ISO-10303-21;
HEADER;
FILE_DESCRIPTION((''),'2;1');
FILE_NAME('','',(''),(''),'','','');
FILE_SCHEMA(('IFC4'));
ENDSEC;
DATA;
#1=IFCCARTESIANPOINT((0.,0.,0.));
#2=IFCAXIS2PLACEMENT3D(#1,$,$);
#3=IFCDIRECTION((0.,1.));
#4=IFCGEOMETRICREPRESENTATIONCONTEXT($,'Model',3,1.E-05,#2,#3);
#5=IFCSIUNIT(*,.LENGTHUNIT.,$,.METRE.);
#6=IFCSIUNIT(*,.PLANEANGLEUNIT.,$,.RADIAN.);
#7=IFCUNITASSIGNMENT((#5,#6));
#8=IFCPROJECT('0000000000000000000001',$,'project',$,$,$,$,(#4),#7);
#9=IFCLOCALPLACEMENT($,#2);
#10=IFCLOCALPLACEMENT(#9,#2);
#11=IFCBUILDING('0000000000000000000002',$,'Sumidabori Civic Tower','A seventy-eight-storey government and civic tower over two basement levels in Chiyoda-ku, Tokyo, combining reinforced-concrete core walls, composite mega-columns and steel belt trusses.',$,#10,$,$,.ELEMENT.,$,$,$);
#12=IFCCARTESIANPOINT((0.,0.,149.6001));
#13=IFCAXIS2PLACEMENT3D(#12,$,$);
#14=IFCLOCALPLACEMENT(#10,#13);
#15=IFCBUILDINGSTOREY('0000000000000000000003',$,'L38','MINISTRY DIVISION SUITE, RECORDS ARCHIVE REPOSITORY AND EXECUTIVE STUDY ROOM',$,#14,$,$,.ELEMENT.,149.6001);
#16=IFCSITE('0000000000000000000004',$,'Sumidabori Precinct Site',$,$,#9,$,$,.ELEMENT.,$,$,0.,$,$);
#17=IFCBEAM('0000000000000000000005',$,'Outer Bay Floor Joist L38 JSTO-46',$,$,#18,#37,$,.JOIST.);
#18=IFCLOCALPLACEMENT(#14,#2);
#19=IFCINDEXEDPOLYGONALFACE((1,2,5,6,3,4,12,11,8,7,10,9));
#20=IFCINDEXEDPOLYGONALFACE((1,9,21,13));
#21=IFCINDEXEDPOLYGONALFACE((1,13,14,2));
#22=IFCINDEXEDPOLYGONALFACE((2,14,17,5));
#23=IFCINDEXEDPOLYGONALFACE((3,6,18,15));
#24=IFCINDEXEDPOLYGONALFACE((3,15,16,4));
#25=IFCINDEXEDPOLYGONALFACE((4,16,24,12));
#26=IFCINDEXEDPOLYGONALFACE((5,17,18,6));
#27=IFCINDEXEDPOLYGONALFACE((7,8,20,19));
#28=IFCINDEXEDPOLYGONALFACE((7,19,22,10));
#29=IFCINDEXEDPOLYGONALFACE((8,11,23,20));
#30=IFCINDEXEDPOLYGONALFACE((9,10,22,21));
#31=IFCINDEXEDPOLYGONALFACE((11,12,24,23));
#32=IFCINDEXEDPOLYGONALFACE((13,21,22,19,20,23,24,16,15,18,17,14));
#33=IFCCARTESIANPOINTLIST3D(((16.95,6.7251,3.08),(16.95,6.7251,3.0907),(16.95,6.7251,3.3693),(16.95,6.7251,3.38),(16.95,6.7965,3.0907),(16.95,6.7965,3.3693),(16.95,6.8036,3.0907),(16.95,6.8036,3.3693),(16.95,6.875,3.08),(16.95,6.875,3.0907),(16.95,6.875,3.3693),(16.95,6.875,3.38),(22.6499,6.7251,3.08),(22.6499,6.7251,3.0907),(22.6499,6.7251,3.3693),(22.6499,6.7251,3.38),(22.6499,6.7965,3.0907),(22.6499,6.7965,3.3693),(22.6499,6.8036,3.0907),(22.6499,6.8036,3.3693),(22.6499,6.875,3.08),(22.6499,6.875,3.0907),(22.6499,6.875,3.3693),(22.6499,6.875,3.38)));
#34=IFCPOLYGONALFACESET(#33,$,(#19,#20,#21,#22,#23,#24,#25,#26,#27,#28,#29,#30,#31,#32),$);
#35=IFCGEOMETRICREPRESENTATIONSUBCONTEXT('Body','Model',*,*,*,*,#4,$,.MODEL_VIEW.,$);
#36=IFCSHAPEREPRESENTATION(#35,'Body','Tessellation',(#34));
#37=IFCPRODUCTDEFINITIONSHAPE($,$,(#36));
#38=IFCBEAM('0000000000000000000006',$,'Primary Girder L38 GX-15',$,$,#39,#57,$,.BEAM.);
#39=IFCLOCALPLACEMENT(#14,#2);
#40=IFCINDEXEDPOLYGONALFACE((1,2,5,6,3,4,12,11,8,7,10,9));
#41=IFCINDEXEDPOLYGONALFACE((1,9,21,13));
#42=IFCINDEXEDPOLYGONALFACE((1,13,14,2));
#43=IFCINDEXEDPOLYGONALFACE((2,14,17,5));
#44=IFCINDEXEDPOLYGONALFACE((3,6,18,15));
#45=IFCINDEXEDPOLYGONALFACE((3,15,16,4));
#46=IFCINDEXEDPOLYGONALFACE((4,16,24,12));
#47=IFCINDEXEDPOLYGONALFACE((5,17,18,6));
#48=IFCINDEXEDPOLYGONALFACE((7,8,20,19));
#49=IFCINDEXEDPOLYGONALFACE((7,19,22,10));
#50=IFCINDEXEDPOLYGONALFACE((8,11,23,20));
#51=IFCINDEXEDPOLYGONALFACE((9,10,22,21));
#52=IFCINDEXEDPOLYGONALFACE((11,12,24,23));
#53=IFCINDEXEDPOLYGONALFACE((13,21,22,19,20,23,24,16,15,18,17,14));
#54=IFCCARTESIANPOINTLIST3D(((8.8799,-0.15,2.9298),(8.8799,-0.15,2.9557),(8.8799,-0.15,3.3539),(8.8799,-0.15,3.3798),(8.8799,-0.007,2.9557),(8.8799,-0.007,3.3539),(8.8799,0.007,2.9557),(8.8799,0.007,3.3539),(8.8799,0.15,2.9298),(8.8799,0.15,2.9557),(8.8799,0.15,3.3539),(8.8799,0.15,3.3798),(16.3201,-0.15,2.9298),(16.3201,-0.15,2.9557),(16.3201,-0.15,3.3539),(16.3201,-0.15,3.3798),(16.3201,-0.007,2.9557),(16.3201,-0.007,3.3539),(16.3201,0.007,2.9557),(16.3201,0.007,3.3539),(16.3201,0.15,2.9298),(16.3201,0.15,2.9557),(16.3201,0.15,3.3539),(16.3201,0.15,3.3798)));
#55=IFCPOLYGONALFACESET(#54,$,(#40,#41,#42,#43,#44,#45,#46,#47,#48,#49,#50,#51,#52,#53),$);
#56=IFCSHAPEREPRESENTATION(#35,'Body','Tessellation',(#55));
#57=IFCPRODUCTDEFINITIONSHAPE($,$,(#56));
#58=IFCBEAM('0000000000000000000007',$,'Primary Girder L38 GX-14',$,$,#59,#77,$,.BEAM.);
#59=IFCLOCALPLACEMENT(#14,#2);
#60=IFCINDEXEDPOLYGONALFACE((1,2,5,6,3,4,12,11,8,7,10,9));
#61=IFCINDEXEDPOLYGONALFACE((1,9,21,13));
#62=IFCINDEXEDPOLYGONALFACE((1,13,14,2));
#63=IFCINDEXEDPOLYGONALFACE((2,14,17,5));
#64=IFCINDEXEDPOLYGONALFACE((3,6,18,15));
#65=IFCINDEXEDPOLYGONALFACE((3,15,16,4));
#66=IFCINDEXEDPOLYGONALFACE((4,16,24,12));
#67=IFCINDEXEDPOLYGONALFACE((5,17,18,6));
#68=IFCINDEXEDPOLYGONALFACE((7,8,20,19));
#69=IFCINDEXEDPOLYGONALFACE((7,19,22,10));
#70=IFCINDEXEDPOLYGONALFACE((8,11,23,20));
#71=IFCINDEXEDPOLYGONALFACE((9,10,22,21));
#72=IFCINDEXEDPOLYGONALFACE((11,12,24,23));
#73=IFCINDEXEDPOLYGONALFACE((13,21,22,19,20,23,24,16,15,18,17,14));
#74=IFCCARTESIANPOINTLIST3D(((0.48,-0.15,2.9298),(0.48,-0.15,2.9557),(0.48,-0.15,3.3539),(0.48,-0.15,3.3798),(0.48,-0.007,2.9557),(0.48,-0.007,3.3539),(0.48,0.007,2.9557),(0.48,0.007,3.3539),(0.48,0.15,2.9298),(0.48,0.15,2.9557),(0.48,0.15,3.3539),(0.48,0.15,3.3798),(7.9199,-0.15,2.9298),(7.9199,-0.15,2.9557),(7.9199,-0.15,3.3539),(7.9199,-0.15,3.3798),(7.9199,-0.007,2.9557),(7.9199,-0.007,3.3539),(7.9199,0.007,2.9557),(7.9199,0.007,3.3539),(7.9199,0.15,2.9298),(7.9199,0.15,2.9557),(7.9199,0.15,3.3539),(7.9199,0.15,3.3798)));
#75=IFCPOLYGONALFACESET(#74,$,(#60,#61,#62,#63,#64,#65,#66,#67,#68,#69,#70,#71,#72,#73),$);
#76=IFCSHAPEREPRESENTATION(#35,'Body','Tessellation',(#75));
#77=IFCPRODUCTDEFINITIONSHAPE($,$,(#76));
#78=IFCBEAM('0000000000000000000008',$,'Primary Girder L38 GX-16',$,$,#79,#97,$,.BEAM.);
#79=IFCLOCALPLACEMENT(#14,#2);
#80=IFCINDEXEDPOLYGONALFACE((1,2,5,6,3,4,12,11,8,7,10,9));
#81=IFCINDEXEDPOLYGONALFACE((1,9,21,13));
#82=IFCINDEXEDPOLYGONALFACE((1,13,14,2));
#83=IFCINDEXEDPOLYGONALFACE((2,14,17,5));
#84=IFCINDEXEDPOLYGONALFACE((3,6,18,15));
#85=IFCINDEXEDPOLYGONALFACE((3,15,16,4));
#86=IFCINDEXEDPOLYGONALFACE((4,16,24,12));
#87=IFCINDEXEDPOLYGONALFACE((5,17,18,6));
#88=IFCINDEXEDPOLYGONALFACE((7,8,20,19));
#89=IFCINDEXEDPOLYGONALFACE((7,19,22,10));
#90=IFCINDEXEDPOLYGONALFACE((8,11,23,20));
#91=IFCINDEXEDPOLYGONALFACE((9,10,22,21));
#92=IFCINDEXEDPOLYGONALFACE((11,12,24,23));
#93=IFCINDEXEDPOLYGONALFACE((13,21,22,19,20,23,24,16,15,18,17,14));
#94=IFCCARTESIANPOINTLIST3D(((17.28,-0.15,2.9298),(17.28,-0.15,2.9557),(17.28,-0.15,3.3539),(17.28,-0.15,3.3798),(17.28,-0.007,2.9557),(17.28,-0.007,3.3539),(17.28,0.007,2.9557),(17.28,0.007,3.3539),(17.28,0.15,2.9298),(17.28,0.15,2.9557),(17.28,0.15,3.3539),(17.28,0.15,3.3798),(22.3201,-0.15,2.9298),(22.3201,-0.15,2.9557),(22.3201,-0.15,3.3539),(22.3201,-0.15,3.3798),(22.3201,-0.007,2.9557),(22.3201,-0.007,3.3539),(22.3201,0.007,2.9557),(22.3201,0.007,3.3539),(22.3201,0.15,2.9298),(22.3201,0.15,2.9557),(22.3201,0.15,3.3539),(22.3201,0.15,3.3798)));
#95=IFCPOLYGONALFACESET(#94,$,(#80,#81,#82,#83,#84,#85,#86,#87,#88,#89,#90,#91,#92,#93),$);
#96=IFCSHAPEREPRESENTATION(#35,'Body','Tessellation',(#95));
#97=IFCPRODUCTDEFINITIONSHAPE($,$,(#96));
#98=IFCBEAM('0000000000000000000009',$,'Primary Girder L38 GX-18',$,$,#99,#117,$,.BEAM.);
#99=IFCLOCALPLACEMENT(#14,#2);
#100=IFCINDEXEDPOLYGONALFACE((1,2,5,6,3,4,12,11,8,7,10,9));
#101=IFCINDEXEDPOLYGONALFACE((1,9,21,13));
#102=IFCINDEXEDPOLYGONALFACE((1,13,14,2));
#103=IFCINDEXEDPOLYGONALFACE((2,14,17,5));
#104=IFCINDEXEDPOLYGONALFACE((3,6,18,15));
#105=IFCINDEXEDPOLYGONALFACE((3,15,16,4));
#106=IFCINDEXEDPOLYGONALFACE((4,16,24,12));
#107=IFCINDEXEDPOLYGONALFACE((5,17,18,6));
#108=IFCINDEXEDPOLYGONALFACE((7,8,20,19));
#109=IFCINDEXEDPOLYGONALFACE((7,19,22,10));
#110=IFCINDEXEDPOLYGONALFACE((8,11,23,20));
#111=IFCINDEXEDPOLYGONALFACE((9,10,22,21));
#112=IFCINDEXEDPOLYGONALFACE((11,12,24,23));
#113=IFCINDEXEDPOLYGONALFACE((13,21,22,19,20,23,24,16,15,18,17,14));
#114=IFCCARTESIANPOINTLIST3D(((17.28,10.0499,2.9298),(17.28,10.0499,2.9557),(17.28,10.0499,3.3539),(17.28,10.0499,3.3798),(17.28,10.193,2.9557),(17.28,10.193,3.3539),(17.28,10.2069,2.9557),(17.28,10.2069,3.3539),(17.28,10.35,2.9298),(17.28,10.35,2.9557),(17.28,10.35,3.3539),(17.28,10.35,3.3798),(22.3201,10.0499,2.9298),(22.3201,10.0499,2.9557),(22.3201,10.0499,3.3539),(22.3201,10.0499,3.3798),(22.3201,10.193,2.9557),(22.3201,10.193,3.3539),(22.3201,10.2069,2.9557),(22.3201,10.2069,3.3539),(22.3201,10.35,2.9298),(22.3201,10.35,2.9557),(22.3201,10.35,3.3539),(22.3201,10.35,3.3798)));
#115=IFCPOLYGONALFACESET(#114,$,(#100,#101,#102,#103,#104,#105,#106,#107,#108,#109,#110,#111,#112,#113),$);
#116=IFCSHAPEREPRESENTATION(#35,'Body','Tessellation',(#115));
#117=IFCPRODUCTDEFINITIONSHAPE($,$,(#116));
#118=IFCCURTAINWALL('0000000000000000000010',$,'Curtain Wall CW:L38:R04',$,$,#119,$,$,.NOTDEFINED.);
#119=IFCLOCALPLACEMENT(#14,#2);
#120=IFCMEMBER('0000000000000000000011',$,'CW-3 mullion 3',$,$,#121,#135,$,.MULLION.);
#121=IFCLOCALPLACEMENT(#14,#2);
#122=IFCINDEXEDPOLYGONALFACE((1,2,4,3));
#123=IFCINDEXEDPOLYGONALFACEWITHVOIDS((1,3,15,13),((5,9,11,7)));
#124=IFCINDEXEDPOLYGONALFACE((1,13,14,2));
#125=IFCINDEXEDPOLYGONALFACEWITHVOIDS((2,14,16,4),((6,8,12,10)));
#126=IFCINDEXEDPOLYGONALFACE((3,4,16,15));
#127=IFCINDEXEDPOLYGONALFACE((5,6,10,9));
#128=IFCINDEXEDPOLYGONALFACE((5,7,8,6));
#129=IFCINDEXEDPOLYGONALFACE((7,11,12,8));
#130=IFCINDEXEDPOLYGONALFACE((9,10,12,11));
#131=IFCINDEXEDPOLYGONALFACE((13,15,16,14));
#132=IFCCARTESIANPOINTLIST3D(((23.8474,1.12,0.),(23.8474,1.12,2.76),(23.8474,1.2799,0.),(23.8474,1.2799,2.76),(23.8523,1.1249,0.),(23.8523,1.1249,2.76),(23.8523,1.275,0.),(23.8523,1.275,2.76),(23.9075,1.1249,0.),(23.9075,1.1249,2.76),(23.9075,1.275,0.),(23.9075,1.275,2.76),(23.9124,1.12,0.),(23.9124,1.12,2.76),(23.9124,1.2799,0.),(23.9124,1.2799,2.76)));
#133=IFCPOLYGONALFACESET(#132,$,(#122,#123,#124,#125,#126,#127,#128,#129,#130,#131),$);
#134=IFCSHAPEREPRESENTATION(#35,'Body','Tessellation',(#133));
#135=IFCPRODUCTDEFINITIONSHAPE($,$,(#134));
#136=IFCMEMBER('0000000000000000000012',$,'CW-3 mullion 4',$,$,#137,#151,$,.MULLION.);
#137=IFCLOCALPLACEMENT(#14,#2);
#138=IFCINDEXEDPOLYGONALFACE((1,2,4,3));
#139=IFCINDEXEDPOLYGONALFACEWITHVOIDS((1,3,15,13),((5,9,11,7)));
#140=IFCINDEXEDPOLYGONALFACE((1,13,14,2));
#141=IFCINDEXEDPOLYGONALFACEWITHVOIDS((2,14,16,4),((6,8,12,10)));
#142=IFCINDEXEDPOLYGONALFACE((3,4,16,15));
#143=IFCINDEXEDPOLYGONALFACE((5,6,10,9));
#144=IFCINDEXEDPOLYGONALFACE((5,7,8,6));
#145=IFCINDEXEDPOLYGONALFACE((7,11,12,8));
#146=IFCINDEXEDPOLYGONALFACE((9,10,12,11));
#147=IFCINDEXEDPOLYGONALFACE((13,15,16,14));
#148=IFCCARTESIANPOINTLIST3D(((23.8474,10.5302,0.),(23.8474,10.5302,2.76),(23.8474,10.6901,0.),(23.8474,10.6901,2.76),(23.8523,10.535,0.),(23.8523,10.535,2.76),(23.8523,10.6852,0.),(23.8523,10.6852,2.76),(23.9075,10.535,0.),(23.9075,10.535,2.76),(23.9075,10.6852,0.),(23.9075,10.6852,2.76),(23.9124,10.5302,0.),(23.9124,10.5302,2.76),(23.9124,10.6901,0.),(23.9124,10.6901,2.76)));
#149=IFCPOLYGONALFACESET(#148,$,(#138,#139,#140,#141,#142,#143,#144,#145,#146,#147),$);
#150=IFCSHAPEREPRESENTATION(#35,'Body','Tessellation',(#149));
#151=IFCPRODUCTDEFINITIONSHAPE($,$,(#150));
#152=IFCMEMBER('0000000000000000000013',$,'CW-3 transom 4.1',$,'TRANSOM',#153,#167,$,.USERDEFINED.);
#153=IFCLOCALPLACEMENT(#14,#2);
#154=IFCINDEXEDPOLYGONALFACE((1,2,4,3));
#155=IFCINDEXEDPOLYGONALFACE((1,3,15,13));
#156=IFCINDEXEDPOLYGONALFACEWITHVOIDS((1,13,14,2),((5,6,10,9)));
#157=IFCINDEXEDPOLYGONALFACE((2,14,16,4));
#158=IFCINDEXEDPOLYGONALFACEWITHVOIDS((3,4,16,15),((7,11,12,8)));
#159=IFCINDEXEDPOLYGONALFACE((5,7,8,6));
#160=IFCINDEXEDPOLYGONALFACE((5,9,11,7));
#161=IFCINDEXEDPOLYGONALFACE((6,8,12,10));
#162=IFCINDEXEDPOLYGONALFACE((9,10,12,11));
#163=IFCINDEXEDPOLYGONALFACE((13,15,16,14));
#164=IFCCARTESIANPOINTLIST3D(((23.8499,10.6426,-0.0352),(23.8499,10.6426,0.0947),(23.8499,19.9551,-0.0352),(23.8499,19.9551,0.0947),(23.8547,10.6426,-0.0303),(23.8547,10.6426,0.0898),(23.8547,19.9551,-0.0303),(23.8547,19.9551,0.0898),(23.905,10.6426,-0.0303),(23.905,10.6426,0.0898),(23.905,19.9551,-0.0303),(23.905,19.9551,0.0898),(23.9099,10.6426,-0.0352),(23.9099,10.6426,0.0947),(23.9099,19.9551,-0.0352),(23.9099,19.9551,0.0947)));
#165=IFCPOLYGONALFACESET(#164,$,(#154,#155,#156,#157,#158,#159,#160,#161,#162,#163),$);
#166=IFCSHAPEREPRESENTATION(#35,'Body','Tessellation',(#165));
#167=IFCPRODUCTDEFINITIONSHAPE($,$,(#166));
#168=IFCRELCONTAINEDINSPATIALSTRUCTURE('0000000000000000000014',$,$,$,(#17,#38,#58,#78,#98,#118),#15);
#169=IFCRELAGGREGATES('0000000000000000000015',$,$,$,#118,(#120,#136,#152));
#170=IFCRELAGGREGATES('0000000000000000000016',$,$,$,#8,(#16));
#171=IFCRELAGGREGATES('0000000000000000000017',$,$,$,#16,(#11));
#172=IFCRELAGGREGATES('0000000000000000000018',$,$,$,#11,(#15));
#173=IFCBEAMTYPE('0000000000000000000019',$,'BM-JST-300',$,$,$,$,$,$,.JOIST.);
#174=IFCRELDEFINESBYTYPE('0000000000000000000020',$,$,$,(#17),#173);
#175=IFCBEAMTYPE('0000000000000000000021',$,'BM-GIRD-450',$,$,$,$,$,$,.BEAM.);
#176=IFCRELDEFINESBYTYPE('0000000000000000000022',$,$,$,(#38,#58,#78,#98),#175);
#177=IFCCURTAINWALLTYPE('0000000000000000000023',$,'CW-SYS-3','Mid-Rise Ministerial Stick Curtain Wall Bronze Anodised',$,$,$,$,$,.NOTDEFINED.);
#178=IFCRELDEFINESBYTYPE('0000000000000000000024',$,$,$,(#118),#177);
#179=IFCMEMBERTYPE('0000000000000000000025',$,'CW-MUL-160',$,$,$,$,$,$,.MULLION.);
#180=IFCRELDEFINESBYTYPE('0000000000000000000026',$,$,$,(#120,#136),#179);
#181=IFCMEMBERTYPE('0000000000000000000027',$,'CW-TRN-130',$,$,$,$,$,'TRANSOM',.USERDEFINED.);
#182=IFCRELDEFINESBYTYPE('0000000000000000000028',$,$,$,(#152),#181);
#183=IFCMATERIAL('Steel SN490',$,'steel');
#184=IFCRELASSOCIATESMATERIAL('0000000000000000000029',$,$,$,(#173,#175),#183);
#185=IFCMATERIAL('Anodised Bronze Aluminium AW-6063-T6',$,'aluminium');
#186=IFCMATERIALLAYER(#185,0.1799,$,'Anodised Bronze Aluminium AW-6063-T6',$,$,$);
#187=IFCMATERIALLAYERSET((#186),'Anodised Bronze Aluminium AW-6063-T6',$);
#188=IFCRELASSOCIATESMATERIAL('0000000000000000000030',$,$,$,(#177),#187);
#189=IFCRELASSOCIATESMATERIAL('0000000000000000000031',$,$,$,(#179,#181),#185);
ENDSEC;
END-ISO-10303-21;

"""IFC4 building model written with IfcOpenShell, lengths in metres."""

from ifc_helpers import new_model, si_unit, direction, frame, origin, origin_2d, place, context, subcontext, project, spatial, hollow_rectangle, i_section, extrude, source, transform, mapped, material, layer, layer_set, material_profile, profile_set, type_object, element, aggregate, save


model = new_model("IFC4")

# Units and contexts
model_context = context("Model", 3, precision=1e-05, world=origin(), true_north=direction((0.0, 1.0)))
body_context = subcontext(model_context, "Body", "Model", "MODEL_VIEW")
ifc_project = project(units=[si_unit("LENGTHUNIT", "METRE"), si_unit("PLANEANGLEUNIT", "RADIAN")], contexts=[model_context])

# Site, building, storey
site_placement = place(None, origin())
site = spatial("IfcSite", under=ifc_project, at=site_placement, Name="Sumidabori Precinct Site", CompositionType="ELEMENT", RefElevation=0.0)
building_placement = place(site_placement, origin())
building = spatial("IfcBuilding", under=site, at=building_placement, Name="Sumidabori Civic Tower", Description="A seventy-eight-storey government and civic tower over two basement levels in Chiyoda-ku, Tokyo, combining reinforced-concrete core walls, composite mega-columns and steel belt trusses.", CompositionType="ELEMENT")
storey_placement = place(building_placement, frame((0.0, 0.0, 149.6001)))
storey = spatial("IfcBuildingStorey", under=building, at=storey_placement, Name="L38", Description="MINISTRY DIVISION SUITE, RECORDS ARCHIVE REPOSITORY AND EXECUTIVE STUDY ROOM", CompositionType="ELEMENT", Elevation=149.6001)

# Beams
ifc_material_1 = material(Name="Steel SN490", Category="steel")
ifc_material_profile_1 = material_profile(ifc_material_1, i_section(OverallWidth=0.1499, OverallDepth=0.3, WebThickness=0.0071, FlangeThickness=0.0107, at=origin_2d()), Name="IPE 300")
ifc_profile_set_1 = profile_set([ifc_material_profile_1], Name="Steel SN490")
beam_type_1 = type_object("IfcBeamType", Name="BM-JST-300", PredefinedType="JOIST", material=ifc_profile_set_1)
shared_shape_1 = source(origin(), body_context, "Body", "SweptSolid", [
    extrude(i_section(OverallWidth=0.1499, OverallDepth=0.3, WebThickness=0.0071, FlangeThickness=0.0107, at=origin_2d()), origin(), (0.0, 0.0, 1.0), 5.7),
])
for number, where, z_axis, x_axis, name in (
    (1, (16.95, 6.8, 3.23), (1.0, 0.0, 0.0), (0.0, 1.0, 0.0), "Outer Bay Floor Joist L38 JSTO-46"),
):
    element("IfcBeam", number, at=place(storey_placement, frame(where, z_axis=z_axis, x_axis=x_axis)), inside=storey, type_object=beam_type_1, Name=name, PredefinedType="JOIST", context=body_context, shape_type="MappedRepresentation", body=[
        mapped(shared_shape_1, transform((0.0, 0.0, 0.0), x_axis=(1.0, 0.0, 0.0), y_axis=(0.0, 1.0, 0.0), z_axis=(0.0, 0.0, 1.0), scale=1.0)),
    ])
ifc_material_profile_2 = material_profile(ifc_material_1, i_section(OverallWidth=0.3, OverallDepth=0.45, WebThickness=0.0139, FlangeThickness=0.0259, at=origin_2d()), Name="HE 450 B")
ifc_profile_set_2 = profile_set([ifc_material_profile_2], Name="Steel SN490")
beam_type_2 = type_object("IfcBeamType", Name="BM-GIRD-450", PredefinedType="BEAM", material=ifc_profile_set_2)
shared_shape_2 = source(origin(), body_context, "Body", "SweptSolid", [
    extrude(i_section(OverallWidth=0.3, OverallDepth=0.45, WebThickness=0.0139, FlangeThickness=0.0259, at=origin_2d()), origin(), (0.0, 0.0, 1.0), 7.4402),
])
beam_1_placement = place(storey_placement, frame((8.8799, 0.0, 3.1548), z_axis=(1.0, 0.0, 0.0), x_axis=(0.0, 1.0, 0.0)))
element("IfcBeam", 2, at=beam_1_placement, inside=storey, type_object=beam_type_2, Name="Primary Girder L38 GX-15", PredefinedType="BEAM", context=body_context, shape_type="MappedRepresentation", body=[
    mapped(shared_shape_2, transform((0.0, 0.0, 0.0), x_axis=(1.0, 0.0, 0.0), y_axis=(0.0, 1.0, 0.0), z_axis=(0.0, 0.0, 1.0), scale=1.0)),
])
shared_shape_3 = source(origin(), body_context, "Body", "SweptSolid", [
    extrude(i_section(OverallWidth=0.3, OverallDepth=0.45, WebThickness=0.0139, FlangeThickness=0.0259, at=origin_2d()), origin(), (0.0, 0.0, 1.0), 7.4399),
])
beam_2_placement = place(storey_placement, frame((0.48, 0.0, 3.1548), z_axis=(1.0, 0.0, 0.0), x_axis=(0.0, 1.0, 0.0)))
element("IfcBeam", 3, at=beam_2_placement, inside=storey, type_object=beam_type_2, Name="Primary Girder L38 GX-14", PredefinedType="BEAM", context=body_context, shape_type="MappedRepresentation", body=[
    mapped(shared_shape_3, transform((0.0, 0.0, 0.0), x_axis=(1.0, 0.0, 0.0), y_axis=(0.0, 1.0, 0.0), z_axis=(0.0, 0.0, 1.0), scale=1.0)),
])
shared_shape_4 = source(origin(), body_context, "Body", "SweptSolid", [
    extrude(i_section(OverallWidth=0.3, OverallDepth=0.45, WebThickness=0.0139, FlangeThickness=0.0259, at=origin_2d()), origin(), (0.0, 0.0, 1.0), 5.04),
])
for number, where, z_axis, x_axis, name in (
    (4, (17.28, 0.0, 3.1548), (1.0, 0.0, 0.0), (0.0, 1.0, 0.0), "Primary Girder L38 GX-16"),
    (5, (17.28, 10.2, 3.1548), (1.0, 0.0, 0.0), (0.0, 1.0, 0.0), "Primary Girder L38 GX-18"),
):
    element("IfcBeam", number, at=place(storey_placement, frame(where, z_axis=z_axis, x_axis=x_axis)), inside=storey, type_object=beam_type_2, Name=name, PredefinedType="BEAM", context=body_context, shape_type="MappedRepresentation", body=[
        mapped(shared_shape_4, transform((0.0, 0.0, 0.0), x_axis=(1.0, 0.0, 0.0), y_axis=(0.0, 1.0, 0.0), z_axis=(0.0, 0.0, 1.0), scale=1.0)),
    ])

# Curtain wall, members
ifc_material_2 = material(Name="Anodised Bronze Aluminium AW-6063-T6", Category="aluminium")
ifc_layer_1 = layer(ifc_material_2, 0.1799, Name="Anodised Bronze Aluminium AW-6063-T6")
ifc_layer_set_1 = layer_set([ifc_layer_1], Name="Anodised Bronze Aluminium AW-6063-T6")
curtain_wall_type = type_object("IfcCurtainWallType", Name="CW-SYS-3", Description="Mid-Rise Ministerial Stick Curtain Wall Bronze Anodised", PredefinedType="NOTDEFINED", material=ifc_layer_set_1)
curtain_wall_placement = place(storey_placement, origin())
curtain_wall = element("IfcCurtainWall", 6, at=curtain_wall_placement, inside=storey, type_object=curtain_wall_type, Name="Curtain Wall CW:L38:R04", PredefinedType="NOTDEFINED")
ifc_material_profile_3 = material_profile(ifc_material_2, hollow_rectangle(XDim=0.0649, YDim=0.1599, WallThickness=0.0049, at=origin_2d()), Name="ALU MULLION 160x65")
ifc_profile_set_3 = profile_set([ifc_material_profile_3], Name="Anodised Bronze Aluminium AW-6063-T6")
member_type_1 = type_object("IfcMemberType", Name="CW-MUL-160", PredefinedType="MULLION", material=ifc_profile_set_3)
shared_shape_5 = source(origin(), body_context, "Body", "SweptSolid", [
    extrude(hollow_rectangle(XDim=0.0649, YDim=0.1599, WallThickness=0.0049, at=origin_2d()), origin(), (0.0, 0.0, 1.0), 2.76),
])
member_1_placement = place(storey_placement, frame((23.8799, 1.2, 0.0), z_axis=(0.0, 0.0, 1.0), x_axis=(-1.0, 0.0, 0.0)))
member_1 = element("IfcMember", 7, at=member_1_placement, type_object=member_type_1, Name="CW-3 mullion 3", PredefinedType="MULLION", context=body_context, shape_type="MappedRepresentation", body=[
    mapped(shared_shape_5, transform((0.0, 0.0, 0.0), x_axis=(1.0, 0.0, 0.0), y_axis=(0.0, 1.0, 0.0), z_axis=(0.0, 0.0, 1.0), scale=1.0)),
])
member_2_placement = place(storey_placement, frame((23.8799, 10.6101, 0.0), z_axis=(0.0, 0.0, 1.0), x_axis=(-1.0, 0.0, 0.0)))
member_2 = element("IfcMember", 8, at=member_2_placement, type_object=member_type_1, Name="CW-3 mullion 4", PredefinedType="MULLION", context=body_context, shape_type="MappedRepresentation", body=[
    mapped(shared_shape_5, transform((0.0, 0.0, 0.0), x_axis=(1.0, 0.0, 0.0), y_axis=(0.0, 1.0, 0.0), z_axis=(0.0, 0.0, 1.0), scale=1.0)),
])
ifc_material_profile_4 = material_profile(ifc_material_2, hollow_rectangle(XDim=0.0601, YDim=0.1299, WallThickness=0.0049, at=origin_2d()), Name="ALU TRANSOM 130x60")
ifc_profile_set_4 = profile_set([ifc_material_profile_4], Name="Anodised Bronze Aluminium AW-6063-T6")
member_type_2 = type_object("IfcMemberType", Name="CW-TRN-130", ElementType="TRANSOM", PredefinedType="USERDEFINED", material=ifc_profile_set_4)
shared_shape_6 = source(origin(), body_context, "Body", "SweptSolid", [
    extrude(hollow_rectangle(XDim=0.0601, YDim=0.1299, WallThickness=0.0049, at=origin_2d()), origin(), (0.0, 0.0, 1.0), 9.3125),
])
member_3_placement = place(storey_placement, frame((23.8799, 10.6426, 0.0298), z_axis=(0.0, 1.0, 0.0), x_axis=(-1.0, 0.0, 0.0)))
member_3 = element("IfcMember", 9, at=member_3_placement, type_object=member_type_2, Name="CW-3 transom 4.1", ObjectType="TRANSOM", PredefinedType="USERDEFINED", context=body_context, shape_type="MappedRepresentation", body=[
    mapped(shared_shape_6, transform((0.0, 0.0, 0.0), x_axis=(1.0, 0.0, 0.0), y_axis=(0.0, 1.0, 0.0), z_axis=(0.0, 0.0, 1.0), scale=1.0)),
])
aggregate(curtain_wall, [member_1, member_2, member_3])

save(model, "model.ifc")
